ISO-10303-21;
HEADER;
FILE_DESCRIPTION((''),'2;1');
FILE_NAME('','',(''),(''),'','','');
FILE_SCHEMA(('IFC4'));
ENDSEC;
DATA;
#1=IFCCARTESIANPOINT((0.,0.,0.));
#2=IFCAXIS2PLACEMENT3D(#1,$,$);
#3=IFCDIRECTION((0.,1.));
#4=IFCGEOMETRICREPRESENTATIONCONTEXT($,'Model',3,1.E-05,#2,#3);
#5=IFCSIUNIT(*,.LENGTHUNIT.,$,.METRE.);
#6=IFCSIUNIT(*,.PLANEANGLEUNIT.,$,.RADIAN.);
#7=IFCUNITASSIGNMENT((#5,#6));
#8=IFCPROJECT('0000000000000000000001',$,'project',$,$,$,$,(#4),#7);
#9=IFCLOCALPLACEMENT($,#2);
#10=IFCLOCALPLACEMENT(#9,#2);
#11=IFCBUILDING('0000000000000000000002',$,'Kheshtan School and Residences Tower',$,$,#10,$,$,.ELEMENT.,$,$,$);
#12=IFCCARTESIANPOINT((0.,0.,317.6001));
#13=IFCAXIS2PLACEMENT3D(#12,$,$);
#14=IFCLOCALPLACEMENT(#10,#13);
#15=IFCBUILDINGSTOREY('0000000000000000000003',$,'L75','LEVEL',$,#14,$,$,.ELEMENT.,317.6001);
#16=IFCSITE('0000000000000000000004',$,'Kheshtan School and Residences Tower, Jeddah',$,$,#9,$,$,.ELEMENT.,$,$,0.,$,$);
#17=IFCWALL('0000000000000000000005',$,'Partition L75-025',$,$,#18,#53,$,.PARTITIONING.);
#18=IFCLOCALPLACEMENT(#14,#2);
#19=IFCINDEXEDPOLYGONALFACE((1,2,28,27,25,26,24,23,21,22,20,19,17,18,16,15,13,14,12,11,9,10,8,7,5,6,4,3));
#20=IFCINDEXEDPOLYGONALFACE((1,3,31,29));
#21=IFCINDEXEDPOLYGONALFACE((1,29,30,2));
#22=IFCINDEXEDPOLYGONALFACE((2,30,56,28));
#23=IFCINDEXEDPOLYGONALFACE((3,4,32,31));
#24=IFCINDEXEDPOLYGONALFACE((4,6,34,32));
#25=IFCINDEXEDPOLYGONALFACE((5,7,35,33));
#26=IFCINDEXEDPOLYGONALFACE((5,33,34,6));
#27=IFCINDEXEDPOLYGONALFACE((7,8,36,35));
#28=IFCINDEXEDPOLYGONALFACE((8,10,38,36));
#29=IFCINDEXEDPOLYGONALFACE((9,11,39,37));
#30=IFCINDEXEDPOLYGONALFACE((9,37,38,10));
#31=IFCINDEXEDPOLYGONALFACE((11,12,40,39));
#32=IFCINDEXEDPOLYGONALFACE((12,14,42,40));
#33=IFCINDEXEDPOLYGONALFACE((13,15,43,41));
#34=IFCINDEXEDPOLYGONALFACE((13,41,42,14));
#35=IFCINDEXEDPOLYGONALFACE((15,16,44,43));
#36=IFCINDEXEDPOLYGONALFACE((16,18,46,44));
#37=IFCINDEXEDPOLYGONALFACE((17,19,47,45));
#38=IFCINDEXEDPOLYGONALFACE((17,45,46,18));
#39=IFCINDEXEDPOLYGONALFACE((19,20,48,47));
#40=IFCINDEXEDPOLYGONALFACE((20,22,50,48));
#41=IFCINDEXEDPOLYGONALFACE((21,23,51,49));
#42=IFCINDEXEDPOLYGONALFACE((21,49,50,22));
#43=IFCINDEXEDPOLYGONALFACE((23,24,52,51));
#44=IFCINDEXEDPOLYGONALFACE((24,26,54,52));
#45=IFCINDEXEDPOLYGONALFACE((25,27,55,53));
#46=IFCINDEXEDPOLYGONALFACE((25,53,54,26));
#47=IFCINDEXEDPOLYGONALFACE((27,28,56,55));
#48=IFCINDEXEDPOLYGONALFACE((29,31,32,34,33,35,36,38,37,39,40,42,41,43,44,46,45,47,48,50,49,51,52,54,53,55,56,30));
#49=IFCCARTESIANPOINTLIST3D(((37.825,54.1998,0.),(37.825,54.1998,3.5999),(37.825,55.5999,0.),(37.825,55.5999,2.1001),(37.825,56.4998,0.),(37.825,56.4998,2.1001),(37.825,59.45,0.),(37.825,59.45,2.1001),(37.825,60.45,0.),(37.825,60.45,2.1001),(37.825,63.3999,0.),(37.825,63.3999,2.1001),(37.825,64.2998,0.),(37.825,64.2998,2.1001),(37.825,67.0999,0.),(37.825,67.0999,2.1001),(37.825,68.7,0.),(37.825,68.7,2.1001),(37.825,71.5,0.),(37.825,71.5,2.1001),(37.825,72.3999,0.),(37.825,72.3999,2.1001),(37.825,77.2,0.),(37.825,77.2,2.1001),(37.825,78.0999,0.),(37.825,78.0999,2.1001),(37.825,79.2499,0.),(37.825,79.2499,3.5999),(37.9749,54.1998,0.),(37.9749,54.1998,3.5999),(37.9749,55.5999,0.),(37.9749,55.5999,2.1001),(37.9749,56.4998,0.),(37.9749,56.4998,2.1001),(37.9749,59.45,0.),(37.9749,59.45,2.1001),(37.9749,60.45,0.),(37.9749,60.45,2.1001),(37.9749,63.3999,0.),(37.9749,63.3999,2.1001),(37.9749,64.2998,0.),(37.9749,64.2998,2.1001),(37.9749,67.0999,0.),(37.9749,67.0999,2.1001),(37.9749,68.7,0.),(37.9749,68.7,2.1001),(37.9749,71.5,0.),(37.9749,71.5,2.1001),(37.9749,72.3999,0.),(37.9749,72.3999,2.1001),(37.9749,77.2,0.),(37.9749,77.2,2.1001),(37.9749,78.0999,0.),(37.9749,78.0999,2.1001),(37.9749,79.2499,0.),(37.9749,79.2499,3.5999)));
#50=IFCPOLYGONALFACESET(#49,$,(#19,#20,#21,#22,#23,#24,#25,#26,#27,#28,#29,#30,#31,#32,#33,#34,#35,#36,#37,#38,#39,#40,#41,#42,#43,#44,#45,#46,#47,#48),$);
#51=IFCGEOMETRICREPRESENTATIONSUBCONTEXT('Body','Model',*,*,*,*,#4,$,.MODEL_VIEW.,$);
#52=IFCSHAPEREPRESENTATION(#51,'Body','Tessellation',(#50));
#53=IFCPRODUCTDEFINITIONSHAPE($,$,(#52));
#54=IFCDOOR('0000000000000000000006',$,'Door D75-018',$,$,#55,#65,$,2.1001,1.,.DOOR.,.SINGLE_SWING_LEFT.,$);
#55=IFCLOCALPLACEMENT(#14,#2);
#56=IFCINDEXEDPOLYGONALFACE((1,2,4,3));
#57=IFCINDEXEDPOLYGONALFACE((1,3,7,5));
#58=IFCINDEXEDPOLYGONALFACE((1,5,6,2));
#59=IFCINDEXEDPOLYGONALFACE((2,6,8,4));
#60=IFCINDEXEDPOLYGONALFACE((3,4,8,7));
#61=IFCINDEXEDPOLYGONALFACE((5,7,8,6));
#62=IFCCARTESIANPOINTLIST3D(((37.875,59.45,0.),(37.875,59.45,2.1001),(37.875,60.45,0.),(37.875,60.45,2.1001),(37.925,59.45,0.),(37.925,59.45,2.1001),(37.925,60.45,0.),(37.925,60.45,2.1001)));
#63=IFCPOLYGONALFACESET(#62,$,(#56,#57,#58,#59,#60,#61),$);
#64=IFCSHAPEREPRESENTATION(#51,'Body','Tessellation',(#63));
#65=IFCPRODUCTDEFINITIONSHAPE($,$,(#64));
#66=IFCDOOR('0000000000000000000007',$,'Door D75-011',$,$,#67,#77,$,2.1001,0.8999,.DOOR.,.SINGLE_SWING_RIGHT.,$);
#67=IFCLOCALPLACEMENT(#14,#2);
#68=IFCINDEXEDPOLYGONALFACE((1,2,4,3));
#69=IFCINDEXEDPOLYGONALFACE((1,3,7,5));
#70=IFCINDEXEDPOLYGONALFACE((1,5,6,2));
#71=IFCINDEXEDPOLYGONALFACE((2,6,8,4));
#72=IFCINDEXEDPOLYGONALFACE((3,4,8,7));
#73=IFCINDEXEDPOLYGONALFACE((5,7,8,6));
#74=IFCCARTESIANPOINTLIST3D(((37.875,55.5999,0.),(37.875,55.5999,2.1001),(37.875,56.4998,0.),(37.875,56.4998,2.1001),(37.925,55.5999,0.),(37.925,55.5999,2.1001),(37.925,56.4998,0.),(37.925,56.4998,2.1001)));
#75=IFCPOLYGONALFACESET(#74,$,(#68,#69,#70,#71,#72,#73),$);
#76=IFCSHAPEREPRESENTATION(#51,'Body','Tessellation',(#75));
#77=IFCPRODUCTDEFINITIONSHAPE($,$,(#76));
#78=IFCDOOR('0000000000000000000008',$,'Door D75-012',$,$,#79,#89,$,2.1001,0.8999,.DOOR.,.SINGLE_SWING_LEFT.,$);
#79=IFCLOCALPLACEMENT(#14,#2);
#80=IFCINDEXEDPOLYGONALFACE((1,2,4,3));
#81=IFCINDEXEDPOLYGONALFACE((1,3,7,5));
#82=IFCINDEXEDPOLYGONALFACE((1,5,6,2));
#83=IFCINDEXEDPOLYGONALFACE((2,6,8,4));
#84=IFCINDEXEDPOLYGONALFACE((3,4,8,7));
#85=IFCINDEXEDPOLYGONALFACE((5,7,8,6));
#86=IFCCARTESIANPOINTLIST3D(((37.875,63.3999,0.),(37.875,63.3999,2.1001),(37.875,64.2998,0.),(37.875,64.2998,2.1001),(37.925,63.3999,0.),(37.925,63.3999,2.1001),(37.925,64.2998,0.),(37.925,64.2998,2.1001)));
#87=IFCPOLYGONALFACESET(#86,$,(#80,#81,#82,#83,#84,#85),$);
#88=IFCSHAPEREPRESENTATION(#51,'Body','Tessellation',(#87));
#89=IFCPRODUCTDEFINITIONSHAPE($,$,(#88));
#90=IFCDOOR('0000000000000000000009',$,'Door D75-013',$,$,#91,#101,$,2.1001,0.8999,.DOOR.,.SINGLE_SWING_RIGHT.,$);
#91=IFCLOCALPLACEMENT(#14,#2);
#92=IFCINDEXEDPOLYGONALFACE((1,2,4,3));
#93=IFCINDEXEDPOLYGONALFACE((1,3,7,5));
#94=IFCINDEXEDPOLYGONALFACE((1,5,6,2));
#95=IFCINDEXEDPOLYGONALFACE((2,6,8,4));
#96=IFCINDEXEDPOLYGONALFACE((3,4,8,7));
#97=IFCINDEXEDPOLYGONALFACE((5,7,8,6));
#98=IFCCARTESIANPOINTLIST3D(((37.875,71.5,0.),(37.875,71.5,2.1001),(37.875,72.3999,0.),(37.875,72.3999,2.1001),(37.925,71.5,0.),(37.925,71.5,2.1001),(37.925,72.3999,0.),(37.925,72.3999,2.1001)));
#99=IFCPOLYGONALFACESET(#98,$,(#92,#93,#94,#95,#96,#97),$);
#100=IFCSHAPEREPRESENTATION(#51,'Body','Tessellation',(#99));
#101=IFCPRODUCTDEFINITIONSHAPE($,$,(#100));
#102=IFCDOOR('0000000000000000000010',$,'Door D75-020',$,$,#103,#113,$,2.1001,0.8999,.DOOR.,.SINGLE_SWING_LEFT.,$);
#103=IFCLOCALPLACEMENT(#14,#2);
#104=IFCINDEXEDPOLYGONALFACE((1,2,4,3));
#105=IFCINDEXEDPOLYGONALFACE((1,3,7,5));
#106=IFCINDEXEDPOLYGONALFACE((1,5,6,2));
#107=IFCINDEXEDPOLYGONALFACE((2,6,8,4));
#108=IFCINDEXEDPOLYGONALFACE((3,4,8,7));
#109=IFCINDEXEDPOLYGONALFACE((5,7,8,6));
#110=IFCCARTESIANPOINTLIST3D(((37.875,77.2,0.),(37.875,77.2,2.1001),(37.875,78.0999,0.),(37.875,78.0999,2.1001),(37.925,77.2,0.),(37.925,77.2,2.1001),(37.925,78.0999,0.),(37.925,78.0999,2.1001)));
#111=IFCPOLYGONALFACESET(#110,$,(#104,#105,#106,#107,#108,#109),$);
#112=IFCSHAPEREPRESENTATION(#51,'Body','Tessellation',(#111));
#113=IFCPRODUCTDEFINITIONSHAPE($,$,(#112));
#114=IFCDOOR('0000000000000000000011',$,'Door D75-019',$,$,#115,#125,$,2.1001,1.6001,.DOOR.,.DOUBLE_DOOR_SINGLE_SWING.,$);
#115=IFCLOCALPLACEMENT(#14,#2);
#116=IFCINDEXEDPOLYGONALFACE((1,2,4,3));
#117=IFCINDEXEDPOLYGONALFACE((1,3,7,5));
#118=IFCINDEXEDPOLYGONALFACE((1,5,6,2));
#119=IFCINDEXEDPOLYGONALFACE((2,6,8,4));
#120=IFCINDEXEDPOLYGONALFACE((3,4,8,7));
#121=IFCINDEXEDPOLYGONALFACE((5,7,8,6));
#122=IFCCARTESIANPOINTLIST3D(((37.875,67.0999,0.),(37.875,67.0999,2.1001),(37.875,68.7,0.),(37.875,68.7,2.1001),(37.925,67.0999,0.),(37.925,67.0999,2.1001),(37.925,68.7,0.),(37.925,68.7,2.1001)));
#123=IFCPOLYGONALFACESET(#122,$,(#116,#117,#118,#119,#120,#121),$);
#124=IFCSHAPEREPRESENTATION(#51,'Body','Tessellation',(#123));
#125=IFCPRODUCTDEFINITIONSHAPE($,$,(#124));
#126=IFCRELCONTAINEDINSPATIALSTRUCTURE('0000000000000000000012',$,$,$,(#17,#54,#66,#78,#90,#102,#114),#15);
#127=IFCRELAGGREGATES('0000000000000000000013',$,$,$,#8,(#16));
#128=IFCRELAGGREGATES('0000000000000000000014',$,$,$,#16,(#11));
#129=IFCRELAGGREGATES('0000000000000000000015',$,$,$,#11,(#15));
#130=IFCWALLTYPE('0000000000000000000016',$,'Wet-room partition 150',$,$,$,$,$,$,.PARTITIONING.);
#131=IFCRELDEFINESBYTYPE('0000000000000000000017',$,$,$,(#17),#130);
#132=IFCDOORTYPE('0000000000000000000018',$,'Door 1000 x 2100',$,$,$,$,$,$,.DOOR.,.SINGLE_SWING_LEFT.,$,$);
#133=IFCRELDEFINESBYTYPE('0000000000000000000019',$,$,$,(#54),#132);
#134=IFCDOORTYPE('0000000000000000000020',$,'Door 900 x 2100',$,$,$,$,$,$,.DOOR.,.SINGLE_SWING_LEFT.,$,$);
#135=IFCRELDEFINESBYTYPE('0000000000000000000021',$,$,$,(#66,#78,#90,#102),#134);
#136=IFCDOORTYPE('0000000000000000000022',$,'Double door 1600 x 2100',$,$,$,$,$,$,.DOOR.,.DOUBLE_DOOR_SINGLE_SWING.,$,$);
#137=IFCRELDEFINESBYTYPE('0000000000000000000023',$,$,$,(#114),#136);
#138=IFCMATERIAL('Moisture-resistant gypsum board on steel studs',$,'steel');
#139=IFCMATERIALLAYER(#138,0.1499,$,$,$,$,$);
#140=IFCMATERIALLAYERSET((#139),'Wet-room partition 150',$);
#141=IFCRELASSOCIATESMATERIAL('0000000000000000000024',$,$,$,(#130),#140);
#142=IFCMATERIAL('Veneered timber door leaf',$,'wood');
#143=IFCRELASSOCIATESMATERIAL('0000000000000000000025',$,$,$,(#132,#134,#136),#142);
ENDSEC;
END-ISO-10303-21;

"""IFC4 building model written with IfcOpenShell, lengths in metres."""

from ifc_helpers import new_model, si_unit, direction, frame, frame_2d, origin, place, context, subcontext, project, spatial, rectangle, extrude, source, transform, mapped, material, layer, layer_set, type_object, element, fill, save


model = new_model("IFC4")

# Units and contexts
model_context = context("Model", 3, precision=1e-05, world=origin(), true_north=direction((0.0, 1.0)))
body_context = subcontext(model_context, "Body", "Model", "MODEL_VIEW")
ifc_project = project(units=[si_unit("LENGTHUNIT", "METRE"), si_unit("PLANEANGLEUNIT", "RADIAN")], contexts=[model_context])

# Site, building, storey
site_placement = place(None, origin())
site = spatial("IfcSite", under=ifc_project, at=site_placement, Name="Kheshtan School and Residences Tower, Jeddah", CompositionType="ELEMENT", RefElevation=0.0)
building_placement = place(site_placement, origin())
building = spatial("IfcBuilding", under=site, at=building_placement, Name="Kheshtan School and Residences Tower", CompositionType="ELEMENT")
storey_placement = place(building_placement, frame((0.0, 0.0, 317.6001)))
storey = spatial("IfcBuildingStorey", under=building, at=storey_placement, Name="L75", Description="LEVEL", CompositionType="ELEMENT", Elevation=317.6001)

# Wall, openings, doors
ifc_material_1 = material(Name="Moisture-resistant gypsum board on steel studs", Category="steel")
ifc_layer_1 = layer(ifc_material_1, 0.1499)
ifc_layer_set_1 = layer_set([ifc_layer_1], Name="Wet-room partition 150")
wall_type_1 = type_object("IfcWallType", Name="Wet-room partition 150", PredefinedType="PARTITIONING", material=ifc_layer_set_1)
wall_1_placement = place(storey_placement, frame((37.8999, 54.2, 0.0), z_axis=(0.0, 0.0, 1.0), x_axis=(0.0, 1.0, 0.0)))
wall_1 = element("IfcWall", 1, at=wall_1_placement, inside=storey, type_object=wall_type_1, Name="Partition L75-025", PredefinedType="PARTITIONING", context=body_context, shape_type="SweptSolid", body=[
    extrude(rectangle(XDim=25.05, YDim=0.1499, at=frame_2d((12.5249, 0.0))), origin(), (0.0, 0.0, 1.0), 3.5999),
])
opening_1_placement = place(wall_1_placement, frame((1.3999, 0.0, 0.0)))
opening_1 = element("IfcOpeningElement", 2, at=opening_1_placement, cuts=wall_1, PredefinedType="OPENING", context=body_context, shape_type="SweptSolid", body=[
    extrude(rectangle(XDim=0.8999, YDim=2.1001, at=frame_2d((0.45, 1.05))), frame((0.0, 0.085, 0.0), z_axis=(0.0, -1.0, 0.0), x_axis=(1.0, 0.0, 0.0)), (0.0, 0.0, 1.0), 0.1699),
])
opening_2_placement = place(wall_1_placement, frame((9.2, 0.0, 0.0)))
opening_2 = element("IfcOpeningElement", 3, at=opening_2_placement, cuts=wall_1, PredefinedType="OPENING", context=body_context, shape_type="SweptSolid", body=[
    extrude(rectangle(XDim=0.8999, YDim=2.1001, at=frame_2d((0.45, 1.05))), frame((0.0, 0.085, 0.0), z_axis=(0.0, -1.0, 0.0), x_axis=(1.0, 0.0, 0.0)), (0.0, 0.0, 1.0), 0.1699),
])
opening_3_placement = place(wall_1_placement, frame((17.3, 0.0, 0.0)))
opening_3 = element("IfcOpeningElement", 4, at=opening_3_placement, cuts=wall_1, PredefinedType="OPENING", context=body_context, shape_type="SweptSolid", body=[
    extrude(rectangle(XDim=0.8999, YDim=2.1001, at=frame_2d((0.45, 1.05))), frame((0.0, 0.085, 0.0), z_axis=(0.0, -1.0, 0.0), x_axis=(1.0, 0.0, 0.0)), (0.0, 0.0, 1.0), 0.1699),
])
opening_4_placement = place(wall_1_placement, frame((5.25, 0.0, 0.0)))
opening_4 = element("IfcOpeningElement", 5, at=opening_4_placement, cuts=wall_1, PredefinedType="OPENING", context=body_context, shape_type="SweptSolid", body=[
    extrude(rectangle(XDim=1.0, YDim=2.1001, at=frame_2d((0.5, 1.05))), frame((0.0, 0.085, 0.0), z_axis=(0.0, -1.0, 0.0), x_axis=(1.0, 0.0, 0.0)), (0.0, 0.0, 1.0), 0.1699),
])
opening_5_placement = place(wall_1_placement, frame((12.8999, 0.0, 0.0)))
opening_5 = element("IfcOpeningElement", 6, at=opening_5_placement, cuts=wall_1, PredefinedType="OPENING", context=body_context, shape_type="SweptSolid", body=[
    extrude(rectangle(XDim=1.6001, YDim=2.1001, at=frame_2d((0.8, 1.05))), frame((0.0, 0.085, 0.0), z_axis=(0.0, -1.0, 0.0), x_axis=(1.0, 0.0, 0.0)), (0.0, 0.0, 1.0), 0.1699),
])
opening_6_placement = place(wall_1_placement, frame((23.0, 0.0, 0.0)))
opening_6 = element("IfcOpeningElement", 7, at=opening_6_placement, cuts=wall_1, PredefinedType="OPENING", context=body_context, shape_type="SweptSolid", body=[
    extrude(rectangle(XDim=0.8999, YDim=2.1001, at=frame_2d((0.45, 1.05))), frame((0.0, 0.085, 0.0), z_axis=(0.0, -1.0, 0.0), x_axis=(1.0, 0.0, 0.0)), (0.0, 0.0, 1.0), 0.1699),
])
ifc_material_2 = material(Name="Veneered timber door leaf", Category="wood")
door_type_1 = type_object("IfcDoorType", Name="Door 1000 x 2100", OperationType="SINGLE_SWING_LEFT", PredefinedType="DOOR", material=ifc_material_2)
shared_shape_1 = source(origin(), body_context, "Body", "SweptSolid", [
    extrude(rectangle(XDim=1.0, YDim=2.1001, at=frame_2d((0.5, 1.05))), frame((0.0, 0.0249, 0.0), z_axis=(0.0, -1.0, 0.0), x_axis=(1.0, 0.0, 0.0)), (0.0, 0.0, 1.0), 0.05),
])
door_1_placement = place(opening_4_placement, origin())
door_1 = element("IfcDoor", 8, at=door_1_placement, inside=storey, type_object=door_type_1, Name="Door D75-018", OperationType="SINGLE_SWING_LEFT", OverallHeight=2.1001, OverallWidth=1.0, PredefinedType="DOOR", context=body_context, shape_type="MappedRepresentation", body=[
    mapped(shared_shape_1, transform((0.0, 0.0, 0.0), x_axis=(1.0, 0.0, 0.0), y_axis=(0.0, 1.0, 0.0), z_axis=(0.0, 0.0, 1.0), scale=1.0)),
])
fill(opening_4, door_1)
door_type_2 = type_object("IfcDoorType", Name="Door 900 x 2100", OperationType="SINGLE_SWING_LEFT", PredefinedType="DOOR", material=ifc_material_2)
shared_shape_2 = source(origin(), body_context, "Body", "SweptSolid", [
    extrude(rectangle(XDim=0.8999, YDim=2.1001, at=frame_2d((0.45, 1.05))), frame((0.0, 0.0249, 0.0), z_axis=(0.0, -1.0, 0.0), x_axis=(1.0, 0.0, 0.0)), (0.0, 0.0, 1.0), 0.05),
])
door_2_placement = place(opening_1_placement, origin())
door_2 = element("IfcDoor", 9, at=door_2_placement, inside=storey, type_object=door_type_2, Name="Door D75-011", OperationType="SINGLE_SWING_RIGHT", OverallHeight=2.1001, OverallWidth=0.8999, PredefinedType="DOOR", context=body_context, shape_type="MappedRepresentation", body=[
    mapped(shared_shape_2, transform((0.0, 0.0, 0.0), x_axis=(1.0, 0.0, 0.0), y_axis=(0.0, 1.0, 0.0), z_axis=(0.0, 0.0, 1.0), scale=1.0)),
])
fill(opening_1, door_2)
door_3_placement = place(opening_2_placement, origin())
door_3 = element("IfcDoor", 10, at=door_3_placement, inside=storey, type_object=door_type_2, Name="Door D75-012", OperationType="SINGLE_SWING_LEFT", OverallHeight=2.1001, OverallWidth=0.8999, PredefinedType="DOOR", context=body_context, shape_type="MappedRepresentation", body=[
    mapped(shared_shape_2, transform((0.0, 0.0, 0.0), x_axis=(1.0, 0.0, 0.0), y_axis=(0.0, 1.0, 0.0), z_axis=(0.0, 0.0, 1.0), scale=1.0)),
])
fill(opening_2, door_3)
door_4_placement = place(opening_3_placement, origin())
door_4 = element("IfcDoor", 11, at=door_4_placement, inside=storey, type_object=door_type_2, Name="Door D75-013", OperationType="SINGLE_SWING_RIGHT", OverallHeight=2.1001, OverallWidth=0.8999, PredefinedType="DOOR", context=body_context, shape_type="MappedRepresentation", body=[
    mapped(shared_shape_2, transform((0.0, 0.0, 0.0), x_axis=(1.0, 0.0, 0.0), y_axis=(0.0, 1.0, 0.0), z_axis=(0.0, 0.0, 1.0), scale=1.0)),
])
fill(opening_3, door_4)
door_5_placement = place(opening_6_placement, origin())
door_5 = element("IfcDoor", 12, at=door_5_placement, inside=storey, type_object=door_type_2, Name="Door D75-020", OperationType="SINGLE_SWING_LEFT", OverallHeight=2.1001, OverallWidth=0.8999, PredefinedType="DOOR", context=body_context, shape_type="MappedRepresentation", body=[
    mapped(shared_shape_2, transform((0.0, 0.0, 0.0), x_axis=(1.0, 0.0, 0.0), y_axis=(0.0, 1.0, 0.0), z_axis=(0.0, 0.0, 1.0), scale=1.0)),
])
fill(opening_6, door_5)
door_type_3 = type_object("IfcDoorType", Name="Double door 1600 x 2100", OperationType="DOUBLE_DOOR_SINGLE_SWING", PredefinedType="DOOR", material=ifc_material_2)
shared_shape_3 = source(origin(), body_context, "Body", "SweptSolid", [
    extrude(rectangle(XDim=1.6001, YDim=2.1001, at=frame_2d((0.8, 1.05))), frame((0.0, 0.0249, 0.0), z_axis=(0.0, -1.0, 0.0), x_axis=(1.0, 0.0, 0.0)), (0.0, 0.0, 1.0), 0.05),
])
door_6_placement = place(opening_5_placement, origin())
door_6 = element("IfcDoor", 13, at=door_6_placement, inside=storey, type_object=door_type_3, Name="Door D75-019", OperationType="DOUBLE_DOOR_SINGLE_SWING", OverallHeight=2.1001, OverallWidth=1.6001, PredefinedType="DOOR", context=body_context, shape_type="MappedRepresentation", body=[
    mapped(shared_shape_3, transform((0.0, 0.0, 0.0), x_axis=(1.0, 0.0, 0.0), y_axis=(0.0, 1.0, 0.0), z_axis=(0.0, 0.0, 1.0), scale=1.0)),
])
fill(opening_5, door_6)

save(model, "model.ifc")
